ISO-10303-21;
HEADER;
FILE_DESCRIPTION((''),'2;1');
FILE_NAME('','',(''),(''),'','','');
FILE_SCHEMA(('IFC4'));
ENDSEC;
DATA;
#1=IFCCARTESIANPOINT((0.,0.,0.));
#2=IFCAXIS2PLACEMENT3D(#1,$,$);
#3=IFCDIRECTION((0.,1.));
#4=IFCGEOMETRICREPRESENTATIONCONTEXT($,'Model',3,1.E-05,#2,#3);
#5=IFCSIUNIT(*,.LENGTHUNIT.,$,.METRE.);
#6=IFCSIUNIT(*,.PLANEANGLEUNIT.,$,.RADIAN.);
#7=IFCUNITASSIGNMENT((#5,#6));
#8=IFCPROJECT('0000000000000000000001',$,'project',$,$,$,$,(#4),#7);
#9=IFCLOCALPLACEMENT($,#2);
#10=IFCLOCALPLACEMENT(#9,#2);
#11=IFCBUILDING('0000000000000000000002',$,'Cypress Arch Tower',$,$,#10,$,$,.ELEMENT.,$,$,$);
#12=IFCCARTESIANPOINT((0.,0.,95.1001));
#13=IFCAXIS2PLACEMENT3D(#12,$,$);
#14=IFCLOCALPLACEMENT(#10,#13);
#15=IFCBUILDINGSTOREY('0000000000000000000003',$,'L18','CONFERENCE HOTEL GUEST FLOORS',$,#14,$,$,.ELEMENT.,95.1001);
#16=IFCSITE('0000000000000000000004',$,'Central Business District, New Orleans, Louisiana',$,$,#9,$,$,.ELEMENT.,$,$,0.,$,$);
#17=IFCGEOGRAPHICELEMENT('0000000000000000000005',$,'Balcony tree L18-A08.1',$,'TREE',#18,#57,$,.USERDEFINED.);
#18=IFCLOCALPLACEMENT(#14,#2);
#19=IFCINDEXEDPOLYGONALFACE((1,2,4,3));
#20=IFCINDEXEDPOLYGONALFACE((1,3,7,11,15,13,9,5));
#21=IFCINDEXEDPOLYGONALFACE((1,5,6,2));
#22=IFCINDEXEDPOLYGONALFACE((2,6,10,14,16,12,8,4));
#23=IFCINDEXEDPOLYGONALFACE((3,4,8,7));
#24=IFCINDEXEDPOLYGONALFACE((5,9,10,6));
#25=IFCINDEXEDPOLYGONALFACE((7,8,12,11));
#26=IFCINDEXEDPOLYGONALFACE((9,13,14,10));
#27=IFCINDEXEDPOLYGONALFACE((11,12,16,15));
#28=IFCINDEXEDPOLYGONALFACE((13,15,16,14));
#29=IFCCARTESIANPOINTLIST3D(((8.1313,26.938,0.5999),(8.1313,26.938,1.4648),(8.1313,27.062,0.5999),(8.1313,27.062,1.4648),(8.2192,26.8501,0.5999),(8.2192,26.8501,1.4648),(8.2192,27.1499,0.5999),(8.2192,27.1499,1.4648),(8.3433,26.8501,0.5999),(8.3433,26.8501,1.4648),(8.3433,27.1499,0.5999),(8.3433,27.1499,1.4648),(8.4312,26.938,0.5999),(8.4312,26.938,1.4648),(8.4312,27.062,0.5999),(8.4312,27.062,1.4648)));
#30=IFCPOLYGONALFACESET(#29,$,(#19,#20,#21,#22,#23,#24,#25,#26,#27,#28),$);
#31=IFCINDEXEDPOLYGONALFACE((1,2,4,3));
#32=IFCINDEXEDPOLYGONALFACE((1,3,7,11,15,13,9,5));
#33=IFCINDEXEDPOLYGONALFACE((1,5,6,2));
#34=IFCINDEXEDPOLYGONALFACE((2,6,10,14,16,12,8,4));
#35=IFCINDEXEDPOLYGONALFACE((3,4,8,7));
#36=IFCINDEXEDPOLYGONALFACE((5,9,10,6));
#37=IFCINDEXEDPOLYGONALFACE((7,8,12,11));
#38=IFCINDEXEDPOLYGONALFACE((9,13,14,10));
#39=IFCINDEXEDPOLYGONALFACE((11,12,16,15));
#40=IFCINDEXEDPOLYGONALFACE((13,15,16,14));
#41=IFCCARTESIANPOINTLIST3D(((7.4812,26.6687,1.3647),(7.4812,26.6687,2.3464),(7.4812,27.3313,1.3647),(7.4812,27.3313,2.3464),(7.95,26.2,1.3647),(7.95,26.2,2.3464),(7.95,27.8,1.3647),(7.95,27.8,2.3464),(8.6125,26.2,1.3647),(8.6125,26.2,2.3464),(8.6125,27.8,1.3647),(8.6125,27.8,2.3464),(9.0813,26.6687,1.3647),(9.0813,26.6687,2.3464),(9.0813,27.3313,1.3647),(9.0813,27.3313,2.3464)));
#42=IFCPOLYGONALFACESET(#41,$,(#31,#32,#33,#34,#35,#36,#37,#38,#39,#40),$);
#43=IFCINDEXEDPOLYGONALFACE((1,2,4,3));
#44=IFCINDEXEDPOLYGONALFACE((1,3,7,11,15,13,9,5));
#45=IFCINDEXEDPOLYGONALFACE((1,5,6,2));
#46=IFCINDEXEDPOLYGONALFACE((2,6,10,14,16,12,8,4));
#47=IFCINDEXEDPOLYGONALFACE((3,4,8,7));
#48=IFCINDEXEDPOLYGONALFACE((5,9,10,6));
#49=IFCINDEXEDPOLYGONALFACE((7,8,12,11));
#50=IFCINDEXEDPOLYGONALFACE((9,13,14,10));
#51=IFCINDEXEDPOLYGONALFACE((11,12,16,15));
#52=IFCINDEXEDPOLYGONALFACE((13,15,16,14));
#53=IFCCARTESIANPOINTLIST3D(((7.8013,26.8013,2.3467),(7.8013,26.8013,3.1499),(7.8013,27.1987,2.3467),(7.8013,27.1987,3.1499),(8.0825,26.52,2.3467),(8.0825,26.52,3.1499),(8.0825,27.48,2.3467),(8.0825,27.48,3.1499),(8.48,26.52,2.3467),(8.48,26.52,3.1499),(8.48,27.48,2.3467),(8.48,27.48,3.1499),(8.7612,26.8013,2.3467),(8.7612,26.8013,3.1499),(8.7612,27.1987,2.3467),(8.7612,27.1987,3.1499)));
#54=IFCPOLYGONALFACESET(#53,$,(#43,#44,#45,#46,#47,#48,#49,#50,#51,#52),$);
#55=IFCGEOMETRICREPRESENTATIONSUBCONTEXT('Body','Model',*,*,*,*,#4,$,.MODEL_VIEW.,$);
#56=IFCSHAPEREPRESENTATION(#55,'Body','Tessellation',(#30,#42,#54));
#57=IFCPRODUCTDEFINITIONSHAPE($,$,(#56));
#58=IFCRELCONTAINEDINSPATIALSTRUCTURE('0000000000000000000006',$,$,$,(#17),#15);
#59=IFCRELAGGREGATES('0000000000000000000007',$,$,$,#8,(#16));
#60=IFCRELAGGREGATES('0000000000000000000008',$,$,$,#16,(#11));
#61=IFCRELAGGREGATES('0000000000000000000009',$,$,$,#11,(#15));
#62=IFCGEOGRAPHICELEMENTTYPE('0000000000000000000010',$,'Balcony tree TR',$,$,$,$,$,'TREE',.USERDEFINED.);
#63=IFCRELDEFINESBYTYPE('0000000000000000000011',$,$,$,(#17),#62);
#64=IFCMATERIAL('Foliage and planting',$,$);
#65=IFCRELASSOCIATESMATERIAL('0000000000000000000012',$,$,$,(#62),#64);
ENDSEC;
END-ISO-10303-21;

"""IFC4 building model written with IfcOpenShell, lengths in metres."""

from ifc_helpers import new_model, si_unit, direction, frame, origin, place, context, subcontext, project, spatial, polyline, outline, extrude, material, type_object, element, save


model = new_model("IFC4")

# Units and contexts
model_context = context("Model", 3, precision=1e-05, world=origin(), true_north=direction((0.0, 1.0)))
body_context = subcontext(model_context, "Body", "Model", "MODEL_VIEW")
ifc_project = project(units=[si_unit("LENGTHUNIT", "METRE"), si_unit("PLANEANGLEUNIT", "RADIAN")], contexts=[model_context])

# Site, building, storey
site_placement = place(None, origin())
site = spatial("IfcSite", under=ifc_project, at=site_placement, Name="Central Business District, New Orleans, Louisiana", CompositionType="ELEMENT", RefElevation=0.0)
building_placement = place(site_placement, origin())
building = spatial("IfcBuilding", under=site, at=building_placement, Name="Cypress Arch Tower", CompositionType="ELEMENT")
storey_placement = place(building_placement, frame((0.0, 0.0, 95.1001)))
storey = spatial("IfcBuildingStorey", under=building, at=storey_placement, Name="L18", Description="CONFERENCE HOTEL GUEST FLOORS", CompositionType="ELEMENT", Elevation=95.1001)

# Geographic element
ifc_material_1 = material(Name="Foliage and planting")
geographic_element_type = type_object("IfcGeographicElementType", Name="Balcony tree TR", ElementType="TREE", PredefinedType="USERDEFINED", material=ifc_material_1)
geographic_element_placement = place(storey_placement, frame((8.2812, 27.0, 0.5999), z_axis=(0.0, 0.0, 1.0), x_axis=(1.0, 0.0, 0.0)))
element("IfcGeographicElement", 1, at=geographic_element_placement, inside=storey, type_object=geographic_element_type, Name="Balcony tree L18-A08.1", ObjectType="TREE", PredefinedType="USERDEFINED", context=body_context, shape_type="SweptSolid", body=[
    extrude(outline(polyline([(0.1499, 0.062), (0.062, 0.1499), (-0.062, 0.1499), (-0.1499, 0.062), (-0.1499, -0.062), (-0.062, -0.1499), (0.062, -0.1499), (0.1499, -0.062), (0.1499, 0.062)])), origin(), (0.0, 0.0, 1.0), 0.865),
    extrude(outline(polyline([(0.8, 0.3313), (0.3313, 0.8), (-0.3313, 0.8), (-0.8, 0.3313), (-0.8, -0.3313), (-0.3313, -0.8), (0.3313, -0.8), (0.8, -0.3313), (0.8, 0.3313)])), frame((0.0, 0.0, 0.7649)), (0.0, 0.0, 1.0), 0.9817),
    extrude(outline(polyline([(0.48, 0.1987), (0.1987, 0.48), (-0.1987, 0.48), (-0.48, 0.1987), (-0.48, -0.1987), (-0.1987, -0.48), (0.1987, -0.48), (0.48, -0.1987), (0.48, 0.1987)])), frame((0.0, 0.0, 1.7468)), (0.0, 0.0, 1.0), 0.8032),
])

save(model, "model.ifc")
